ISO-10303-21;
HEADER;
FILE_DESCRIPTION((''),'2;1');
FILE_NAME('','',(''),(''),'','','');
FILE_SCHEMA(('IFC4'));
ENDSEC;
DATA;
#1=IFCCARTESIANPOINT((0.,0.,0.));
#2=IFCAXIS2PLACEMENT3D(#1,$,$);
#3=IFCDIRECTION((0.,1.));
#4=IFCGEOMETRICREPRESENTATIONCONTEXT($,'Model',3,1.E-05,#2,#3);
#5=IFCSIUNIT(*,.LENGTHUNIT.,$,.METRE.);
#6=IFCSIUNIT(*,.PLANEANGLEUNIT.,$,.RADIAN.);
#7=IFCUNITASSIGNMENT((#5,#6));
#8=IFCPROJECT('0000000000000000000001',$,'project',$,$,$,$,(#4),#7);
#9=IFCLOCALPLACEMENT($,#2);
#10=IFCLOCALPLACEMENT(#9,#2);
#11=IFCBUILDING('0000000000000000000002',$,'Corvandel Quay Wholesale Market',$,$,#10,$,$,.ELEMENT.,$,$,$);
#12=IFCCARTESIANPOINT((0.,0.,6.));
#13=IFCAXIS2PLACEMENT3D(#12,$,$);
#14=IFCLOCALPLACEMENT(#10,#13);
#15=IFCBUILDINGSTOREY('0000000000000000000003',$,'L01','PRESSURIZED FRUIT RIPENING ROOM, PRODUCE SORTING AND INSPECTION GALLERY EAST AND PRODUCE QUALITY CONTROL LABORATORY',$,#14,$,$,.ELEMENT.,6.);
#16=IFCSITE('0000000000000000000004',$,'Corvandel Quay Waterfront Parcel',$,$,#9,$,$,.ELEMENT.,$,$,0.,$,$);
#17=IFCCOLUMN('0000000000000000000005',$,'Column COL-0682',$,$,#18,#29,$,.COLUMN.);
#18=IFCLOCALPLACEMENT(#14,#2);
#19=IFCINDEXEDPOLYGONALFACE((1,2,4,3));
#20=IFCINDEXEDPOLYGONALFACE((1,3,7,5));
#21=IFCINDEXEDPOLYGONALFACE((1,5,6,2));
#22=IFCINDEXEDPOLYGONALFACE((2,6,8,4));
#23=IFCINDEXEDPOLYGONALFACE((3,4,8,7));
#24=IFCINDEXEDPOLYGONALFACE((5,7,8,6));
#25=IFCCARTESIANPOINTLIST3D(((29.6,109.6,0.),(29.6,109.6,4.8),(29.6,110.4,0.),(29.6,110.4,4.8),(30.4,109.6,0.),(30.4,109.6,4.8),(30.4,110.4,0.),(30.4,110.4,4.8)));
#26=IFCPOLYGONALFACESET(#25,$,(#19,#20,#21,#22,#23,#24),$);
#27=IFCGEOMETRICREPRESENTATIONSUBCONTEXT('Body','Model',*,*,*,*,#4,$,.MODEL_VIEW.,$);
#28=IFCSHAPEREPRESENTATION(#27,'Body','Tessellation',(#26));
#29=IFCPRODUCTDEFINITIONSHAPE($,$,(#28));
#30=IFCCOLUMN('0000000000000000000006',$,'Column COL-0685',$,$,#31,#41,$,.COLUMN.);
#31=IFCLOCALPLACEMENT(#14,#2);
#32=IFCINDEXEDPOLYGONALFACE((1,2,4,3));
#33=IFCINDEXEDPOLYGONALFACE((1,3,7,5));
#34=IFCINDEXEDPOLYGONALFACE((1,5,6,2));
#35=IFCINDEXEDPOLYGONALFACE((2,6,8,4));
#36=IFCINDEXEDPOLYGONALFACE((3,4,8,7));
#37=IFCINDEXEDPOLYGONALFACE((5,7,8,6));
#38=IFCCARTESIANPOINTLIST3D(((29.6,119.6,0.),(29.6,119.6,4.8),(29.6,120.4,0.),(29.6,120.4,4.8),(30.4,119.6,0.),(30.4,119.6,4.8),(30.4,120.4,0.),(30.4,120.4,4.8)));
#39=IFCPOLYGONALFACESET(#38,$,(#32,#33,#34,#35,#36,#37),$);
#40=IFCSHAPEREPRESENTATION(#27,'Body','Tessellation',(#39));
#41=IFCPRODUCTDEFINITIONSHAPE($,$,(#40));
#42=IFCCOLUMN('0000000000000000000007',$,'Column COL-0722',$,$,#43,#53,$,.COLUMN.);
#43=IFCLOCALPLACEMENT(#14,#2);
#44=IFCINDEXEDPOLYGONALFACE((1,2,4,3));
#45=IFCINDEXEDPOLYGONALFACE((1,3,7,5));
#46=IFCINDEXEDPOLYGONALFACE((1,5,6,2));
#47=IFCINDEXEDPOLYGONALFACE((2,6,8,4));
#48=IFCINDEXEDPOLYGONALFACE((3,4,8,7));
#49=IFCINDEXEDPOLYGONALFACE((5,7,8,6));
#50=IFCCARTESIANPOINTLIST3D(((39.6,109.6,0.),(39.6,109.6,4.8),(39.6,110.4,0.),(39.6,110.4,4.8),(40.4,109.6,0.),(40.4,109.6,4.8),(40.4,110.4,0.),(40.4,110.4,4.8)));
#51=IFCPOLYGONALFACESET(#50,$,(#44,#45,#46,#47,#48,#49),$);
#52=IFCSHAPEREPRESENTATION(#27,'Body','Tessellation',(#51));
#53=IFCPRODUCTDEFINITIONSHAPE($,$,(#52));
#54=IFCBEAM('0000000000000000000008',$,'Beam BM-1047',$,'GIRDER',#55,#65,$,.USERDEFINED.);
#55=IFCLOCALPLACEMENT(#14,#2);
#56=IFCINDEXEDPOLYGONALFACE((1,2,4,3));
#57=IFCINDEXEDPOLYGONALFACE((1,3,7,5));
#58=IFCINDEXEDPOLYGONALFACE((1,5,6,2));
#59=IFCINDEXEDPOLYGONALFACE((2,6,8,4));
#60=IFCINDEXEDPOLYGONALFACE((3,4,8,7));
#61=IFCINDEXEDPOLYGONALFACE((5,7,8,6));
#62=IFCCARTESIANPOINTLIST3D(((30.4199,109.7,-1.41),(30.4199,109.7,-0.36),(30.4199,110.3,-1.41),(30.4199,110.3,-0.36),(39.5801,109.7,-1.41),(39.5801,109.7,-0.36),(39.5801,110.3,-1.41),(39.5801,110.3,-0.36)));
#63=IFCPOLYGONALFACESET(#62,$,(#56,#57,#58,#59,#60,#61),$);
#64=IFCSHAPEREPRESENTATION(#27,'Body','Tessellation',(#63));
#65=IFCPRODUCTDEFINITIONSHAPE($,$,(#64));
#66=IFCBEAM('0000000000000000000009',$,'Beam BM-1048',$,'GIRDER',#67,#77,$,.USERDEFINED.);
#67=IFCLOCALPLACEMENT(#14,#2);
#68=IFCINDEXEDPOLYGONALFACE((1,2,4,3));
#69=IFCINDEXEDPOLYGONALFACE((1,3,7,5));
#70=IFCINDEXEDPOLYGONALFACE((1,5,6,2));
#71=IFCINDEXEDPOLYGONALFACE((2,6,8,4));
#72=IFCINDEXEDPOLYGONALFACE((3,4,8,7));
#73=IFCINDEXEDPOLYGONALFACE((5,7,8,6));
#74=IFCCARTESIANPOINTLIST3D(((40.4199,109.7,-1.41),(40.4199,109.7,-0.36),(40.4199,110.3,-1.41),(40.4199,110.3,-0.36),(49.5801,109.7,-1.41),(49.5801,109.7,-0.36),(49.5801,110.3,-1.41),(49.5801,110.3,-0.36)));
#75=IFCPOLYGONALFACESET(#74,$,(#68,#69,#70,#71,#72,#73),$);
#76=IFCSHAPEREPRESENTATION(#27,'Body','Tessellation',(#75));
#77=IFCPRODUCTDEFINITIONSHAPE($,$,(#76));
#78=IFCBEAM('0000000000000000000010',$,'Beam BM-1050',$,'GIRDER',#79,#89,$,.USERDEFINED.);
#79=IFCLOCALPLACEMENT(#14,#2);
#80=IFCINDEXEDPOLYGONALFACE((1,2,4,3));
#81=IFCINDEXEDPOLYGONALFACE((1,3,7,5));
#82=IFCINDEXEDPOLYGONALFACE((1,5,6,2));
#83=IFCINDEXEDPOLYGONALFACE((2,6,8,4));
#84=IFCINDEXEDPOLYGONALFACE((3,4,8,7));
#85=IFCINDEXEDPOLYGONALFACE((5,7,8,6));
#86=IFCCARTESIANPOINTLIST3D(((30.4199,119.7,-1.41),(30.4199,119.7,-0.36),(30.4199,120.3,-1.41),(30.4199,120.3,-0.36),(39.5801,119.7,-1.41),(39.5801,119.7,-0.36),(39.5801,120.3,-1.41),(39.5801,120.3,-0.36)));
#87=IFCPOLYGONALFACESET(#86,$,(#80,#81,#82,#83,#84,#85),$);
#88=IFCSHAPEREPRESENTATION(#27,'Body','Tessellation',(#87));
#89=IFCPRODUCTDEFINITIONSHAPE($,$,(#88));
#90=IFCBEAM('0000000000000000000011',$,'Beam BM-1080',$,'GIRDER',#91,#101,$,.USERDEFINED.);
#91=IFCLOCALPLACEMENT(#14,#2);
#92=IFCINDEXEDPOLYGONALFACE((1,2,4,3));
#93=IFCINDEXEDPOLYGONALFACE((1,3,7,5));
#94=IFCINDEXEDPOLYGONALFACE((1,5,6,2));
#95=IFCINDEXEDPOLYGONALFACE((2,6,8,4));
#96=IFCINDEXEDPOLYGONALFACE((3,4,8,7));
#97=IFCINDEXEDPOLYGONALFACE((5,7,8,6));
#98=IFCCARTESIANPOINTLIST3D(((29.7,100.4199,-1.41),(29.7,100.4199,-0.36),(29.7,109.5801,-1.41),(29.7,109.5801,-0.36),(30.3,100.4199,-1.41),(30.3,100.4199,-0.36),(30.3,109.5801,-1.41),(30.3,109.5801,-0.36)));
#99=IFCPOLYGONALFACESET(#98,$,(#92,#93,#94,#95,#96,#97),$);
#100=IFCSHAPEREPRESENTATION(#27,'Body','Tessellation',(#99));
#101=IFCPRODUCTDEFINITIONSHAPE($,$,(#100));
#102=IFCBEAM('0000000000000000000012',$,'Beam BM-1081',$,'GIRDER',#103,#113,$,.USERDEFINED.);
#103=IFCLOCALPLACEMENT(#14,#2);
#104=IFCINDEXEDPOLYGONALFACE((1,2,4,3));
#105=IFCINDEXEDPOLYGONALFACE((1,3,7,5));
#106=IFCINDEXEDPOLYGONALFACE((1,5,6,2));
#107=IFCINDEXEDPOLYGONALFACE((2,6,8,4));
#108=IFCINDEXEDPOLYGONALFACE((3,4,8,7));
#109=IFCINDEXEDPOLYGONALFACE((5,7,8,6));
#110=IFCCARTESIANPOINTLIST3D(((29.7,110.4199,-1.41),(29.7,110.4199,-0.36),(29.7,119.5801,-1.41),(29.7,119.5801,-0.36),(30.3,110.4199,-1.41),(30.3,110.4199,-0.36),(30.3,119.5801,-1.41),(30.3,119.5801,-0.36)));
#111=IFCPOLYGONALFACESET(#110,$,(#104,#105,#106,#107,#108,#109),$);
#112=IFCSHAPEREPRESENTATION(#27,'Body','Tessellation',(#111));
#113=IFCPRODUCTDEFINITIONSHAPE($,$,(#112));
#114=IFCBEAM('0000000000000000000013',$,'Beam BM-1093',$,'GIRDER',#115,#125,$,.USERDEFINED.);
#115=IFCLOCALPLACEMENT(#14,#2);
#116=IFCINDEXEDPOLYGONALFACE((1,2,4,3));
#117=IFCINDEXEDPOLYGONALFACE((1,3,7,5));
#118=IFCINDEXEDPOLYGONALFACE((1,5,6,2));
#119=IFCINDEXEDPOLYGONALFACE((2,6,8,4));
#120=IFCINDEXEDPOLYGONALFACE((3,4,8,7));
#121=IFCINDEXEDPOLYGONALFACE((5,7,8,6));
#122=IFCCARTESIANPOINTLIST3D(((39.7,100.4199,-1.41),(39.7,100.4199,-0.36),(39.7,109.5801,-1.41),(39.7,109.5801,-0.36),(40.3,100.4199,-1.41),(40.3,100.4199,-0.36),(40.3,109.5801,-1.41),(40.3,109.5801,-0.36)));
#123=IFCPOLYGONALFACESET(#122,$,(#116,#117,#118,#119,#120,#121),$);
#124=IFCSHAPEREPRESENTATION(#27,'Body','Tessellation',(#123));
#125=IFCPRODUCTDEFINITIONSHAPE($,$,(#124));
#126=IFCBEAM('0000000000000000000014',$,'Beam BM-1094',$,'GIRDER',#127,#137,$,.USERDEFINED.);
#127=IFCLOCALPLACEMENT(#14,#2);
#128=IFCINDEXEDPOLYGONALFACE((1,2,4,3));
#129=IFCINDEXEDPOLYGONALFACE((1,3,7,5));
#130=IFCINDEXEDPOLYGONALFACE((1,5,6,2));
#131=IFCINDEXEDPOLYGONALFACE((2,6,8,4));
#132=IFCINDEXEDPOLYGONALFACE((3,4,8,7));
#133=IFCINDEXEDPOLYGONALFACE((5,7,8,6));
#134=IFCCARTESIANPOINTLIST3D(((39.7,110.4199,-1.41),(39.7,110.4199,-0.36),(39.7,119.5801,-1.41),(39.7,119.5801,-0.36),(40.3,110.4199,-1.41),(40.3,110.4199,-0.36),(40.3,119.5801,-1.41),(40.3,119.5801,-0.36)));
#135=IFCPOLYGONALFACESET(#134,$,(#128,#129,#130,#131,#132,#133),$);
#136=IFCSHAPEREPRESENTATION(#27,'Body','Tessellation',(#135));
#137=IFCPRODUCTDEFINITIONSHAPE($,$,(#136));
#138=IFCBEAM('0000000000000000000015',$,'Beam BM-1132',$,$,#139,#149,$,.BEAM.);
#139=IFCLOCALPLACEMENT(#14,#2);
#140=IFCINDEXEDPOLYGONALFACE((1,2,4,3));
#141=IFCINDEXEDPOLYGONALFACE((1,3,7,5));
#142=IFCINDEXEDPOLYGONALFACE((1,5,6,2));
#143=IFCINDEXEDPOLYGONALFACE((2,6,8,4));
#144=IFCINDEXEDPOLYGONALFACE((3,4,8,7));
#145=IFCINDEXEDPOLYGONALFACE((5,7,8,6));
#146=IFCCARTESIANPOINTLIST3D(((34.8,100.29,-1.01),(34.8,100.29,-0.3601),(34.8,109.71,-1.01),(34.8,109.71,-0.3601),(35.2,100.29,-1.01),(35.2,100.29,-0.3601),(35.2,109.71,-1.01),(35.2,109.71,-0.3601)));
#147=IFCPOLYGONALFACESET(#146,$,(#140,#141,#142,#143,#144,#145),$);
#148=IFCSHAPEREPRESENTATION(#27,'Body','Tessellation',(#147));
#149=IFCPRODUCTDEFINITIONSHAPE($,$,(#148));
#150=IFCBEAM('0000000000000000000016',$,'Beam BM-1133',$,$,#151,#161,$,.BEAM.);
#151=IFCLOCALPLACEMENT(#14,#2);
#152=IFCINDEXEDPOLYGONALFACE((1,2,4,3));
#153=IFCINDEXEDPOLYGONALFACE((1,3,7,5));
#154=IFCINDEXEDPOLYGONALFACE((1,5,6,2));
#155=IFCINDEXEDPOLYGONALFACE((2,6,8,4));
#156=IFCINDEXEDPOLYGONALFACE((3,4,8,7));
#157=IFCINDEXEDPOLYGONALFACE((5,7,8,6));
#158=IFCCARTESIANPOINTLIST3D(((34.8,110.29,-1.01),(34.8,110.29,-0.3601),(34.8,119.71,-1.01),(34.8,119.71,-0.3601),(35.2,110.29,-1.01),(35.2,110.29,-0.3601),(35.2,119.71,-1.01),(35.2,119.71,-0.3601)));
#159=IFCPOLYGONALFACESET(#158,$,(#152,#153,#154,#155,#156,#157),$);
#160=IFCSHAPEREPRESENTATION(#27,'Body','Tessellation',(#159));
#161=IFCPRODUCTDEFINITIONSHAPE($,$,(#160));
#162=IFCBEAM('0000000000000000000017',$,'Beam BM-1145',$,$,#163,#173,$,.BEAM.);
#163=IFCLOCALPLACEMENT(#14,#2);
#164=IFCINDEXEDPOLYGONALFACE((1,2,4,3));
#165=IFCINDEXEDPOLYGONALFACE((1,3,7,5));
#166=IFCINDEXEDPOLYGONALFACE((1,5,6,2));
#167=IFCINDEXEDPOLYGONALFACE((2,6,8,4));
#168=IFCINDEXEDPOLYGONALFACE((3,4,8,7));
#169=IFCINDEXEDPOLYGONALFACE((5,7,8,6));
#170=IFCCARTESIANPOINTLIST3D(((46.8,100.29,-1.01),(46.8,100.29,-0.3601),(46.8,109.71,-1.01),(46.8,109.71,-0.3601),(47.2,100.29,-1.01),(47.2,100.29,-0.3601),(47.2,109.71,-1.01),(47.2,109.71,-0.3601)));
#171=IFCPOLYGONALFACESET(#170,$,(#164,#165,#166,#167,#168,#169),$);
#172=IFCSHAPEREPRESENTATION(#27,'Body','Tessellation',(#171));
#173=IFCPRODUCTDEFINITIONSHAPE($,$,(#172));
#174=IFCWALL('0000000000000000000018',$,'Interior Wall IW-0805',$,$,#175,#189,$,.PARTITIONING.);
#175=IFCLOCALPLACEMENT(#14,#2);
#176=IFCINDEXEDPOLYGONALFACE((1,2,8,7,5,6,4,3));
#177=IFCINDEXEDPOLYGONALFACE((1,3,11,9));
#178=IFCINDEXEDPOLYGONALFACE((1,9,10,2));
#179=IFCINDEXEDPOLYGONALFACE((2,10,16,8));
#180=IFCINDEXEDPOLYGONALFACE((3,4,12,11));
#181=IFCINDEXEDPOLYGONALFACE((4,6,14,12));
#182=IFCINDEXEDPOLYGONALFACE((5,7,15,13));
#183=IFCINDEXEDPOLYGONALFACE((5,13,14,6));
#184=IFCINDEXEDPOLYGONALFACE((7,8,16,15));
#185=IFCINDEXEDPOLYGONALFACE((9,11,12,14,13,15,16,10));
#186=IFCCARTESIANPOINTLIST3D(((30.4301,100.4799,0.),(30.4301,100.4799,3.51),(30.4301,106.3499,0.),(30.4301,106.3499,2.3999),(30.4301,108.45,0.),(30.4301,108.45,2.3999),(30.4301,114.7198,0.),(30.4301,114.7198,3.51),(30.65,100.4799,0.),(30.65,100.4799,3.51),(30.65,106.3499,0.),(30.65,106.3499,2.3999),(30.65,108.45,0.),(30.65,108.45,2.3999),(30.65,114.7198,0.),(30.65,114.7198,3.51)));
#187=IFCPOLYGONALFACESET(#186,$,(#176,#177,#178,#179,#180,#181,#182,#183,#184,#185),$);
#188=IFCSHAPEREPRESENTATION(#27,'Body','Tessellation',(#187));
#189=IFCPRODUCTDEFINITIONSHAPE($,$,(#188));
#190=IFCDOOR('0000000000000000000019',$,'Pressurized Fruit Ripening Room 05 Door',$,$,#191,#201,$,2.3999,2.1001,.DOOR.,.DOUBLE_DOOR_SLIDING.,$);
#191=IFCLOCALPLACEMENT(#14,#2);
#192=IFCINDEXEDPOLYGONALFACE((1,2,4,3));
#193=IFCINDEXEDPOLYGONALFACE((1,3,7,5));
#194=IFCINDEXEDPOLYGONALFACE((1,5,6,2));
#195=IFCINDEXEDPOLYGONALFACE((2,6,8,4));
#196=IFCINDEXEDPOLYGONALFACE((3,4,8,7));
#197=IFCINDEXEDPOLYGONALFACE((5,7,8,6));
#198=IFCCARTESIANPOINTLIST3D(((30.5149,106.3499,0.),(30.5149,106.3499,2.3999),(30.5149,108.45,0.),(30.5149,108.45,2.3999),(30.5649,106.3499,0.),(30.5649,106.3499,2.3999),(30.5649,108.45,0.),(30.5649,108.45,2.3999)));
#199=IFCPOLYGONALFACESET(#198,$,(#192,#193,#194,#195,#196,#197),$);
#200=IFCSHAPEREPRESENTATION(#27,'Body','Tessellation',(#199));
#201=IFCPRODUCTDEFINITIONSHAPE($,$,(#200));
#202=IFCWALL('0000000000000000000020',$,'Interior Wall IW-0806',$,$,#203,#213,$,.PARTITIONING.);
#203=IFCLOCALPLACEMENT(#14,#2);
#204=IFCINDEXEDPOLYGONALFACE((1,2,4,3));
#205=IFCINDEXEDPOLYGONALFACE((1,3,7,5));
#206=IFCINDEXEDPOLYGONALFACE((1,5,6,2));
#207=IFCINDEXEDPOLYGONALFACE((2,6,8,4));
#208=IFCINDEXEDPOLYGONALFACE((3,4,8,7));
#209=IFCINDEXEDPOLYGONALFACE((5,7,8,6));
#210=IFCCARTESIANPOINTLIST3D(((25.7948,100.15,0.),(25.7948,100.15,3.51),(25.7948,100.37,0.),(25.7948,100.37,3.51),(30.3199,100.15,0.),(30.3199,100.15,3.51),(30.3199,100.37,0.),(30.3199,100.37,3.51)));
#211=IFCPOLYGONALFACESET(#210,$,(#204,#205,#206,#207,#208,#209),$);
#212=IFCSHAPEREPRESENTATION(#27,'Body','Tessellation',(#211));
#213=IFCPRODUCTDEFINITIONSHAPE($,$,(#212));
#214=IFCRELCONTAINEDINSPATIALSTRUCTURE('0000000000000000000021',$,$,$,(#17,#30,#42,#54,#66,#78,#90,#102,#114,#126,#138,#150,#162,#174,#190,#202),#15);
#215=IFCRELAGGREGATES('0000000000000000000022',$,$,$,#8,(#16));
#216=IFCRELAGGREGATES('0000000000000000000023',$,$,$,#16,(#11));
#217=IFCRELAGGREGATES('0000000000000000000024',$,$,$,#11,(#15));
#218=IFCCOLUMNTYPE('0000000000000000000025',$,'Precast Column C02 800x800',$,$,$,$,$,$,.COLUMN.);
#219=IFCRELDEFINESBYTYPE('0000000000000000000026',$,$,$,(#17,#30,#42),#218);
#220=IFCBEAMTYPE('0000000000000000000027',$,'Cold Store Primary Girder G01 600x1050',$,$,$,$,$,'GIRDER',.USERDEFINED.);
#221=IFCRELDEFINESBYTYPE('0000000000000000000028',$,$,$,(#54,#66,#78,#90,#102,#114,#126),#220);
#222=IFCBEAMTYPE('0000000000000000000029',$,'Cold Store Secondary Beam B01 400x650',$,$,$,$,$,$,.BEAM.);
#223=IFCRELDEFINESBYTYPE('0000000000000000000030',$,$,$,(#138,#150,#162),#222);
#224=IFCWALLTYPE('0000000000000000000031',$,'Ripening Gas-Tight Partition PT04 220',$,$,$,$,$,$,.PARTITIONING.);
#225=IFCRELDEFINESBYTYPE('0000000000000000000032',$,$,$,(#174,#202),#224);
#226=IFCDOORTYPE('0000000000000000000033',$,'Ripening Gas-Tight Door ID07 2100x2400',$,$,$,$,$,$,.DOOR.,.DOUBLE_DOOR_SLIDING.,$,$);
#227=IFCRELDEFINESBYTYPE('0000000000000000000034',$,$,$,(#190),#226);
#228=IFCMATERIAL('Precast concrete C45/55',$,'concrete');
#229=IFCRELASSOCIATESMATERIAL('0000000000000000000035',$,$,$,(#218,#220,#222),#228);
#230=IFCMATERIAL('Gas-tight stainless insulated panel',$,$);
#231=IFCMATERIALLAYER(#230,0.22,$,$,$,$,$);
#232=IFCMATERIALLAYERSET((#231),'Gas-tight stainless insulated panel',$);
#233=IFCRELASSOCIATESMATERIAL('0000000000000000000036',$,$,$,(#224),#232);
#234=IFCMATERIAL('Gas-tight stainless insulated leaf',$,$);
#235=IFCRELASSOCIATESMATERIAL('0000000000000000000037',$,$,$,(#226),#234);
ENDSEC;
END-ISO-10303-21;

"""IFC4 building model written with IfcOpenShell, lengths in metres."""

from ifc_helpers import new_model, si_unit, direction, frame, frame_2d, origin, origin_2d, place, context, subcontext, project, spatial, rectangle, extrude, material, layer, layer_set, material_profile, profile_set, type_object, element, fill, save


model = new_model("IFC4")

# Units and contexts
model_context = context("Model", 3, precision=1e-05, world=origin(), true_north=direction((0.0, 1.0)))
body_context = subcontext(model_context, "Body", "Model", "MODEL_VIEW")
ifc_project = project(units=[si_unit("LENGTHUNIT", "METRE"), si_unit("PLANEANGLEUNIT", "RADIAN")], contexts=[model_context])

# Site, building, storey
site_placement = place(None, origin())
site = spatial("IfcSite", under=ifc_project, at=site_placement, Name="Corvandel Quay Waterfront Parcel", CompositionType="ELEMENT", RefElevation=0.0)
building_placement = place(site_placement, origin())
building = spatial("IfcBuilding", under=site, at=building_placement, Name="Corvandel Quay Wholesale Market", CompositionType="ELEMENT")
storey_placement = place(building_placement, frame((0.0, 0.0, 6.0)))
storey = spatial("IfcBuildingStorey", under=building, at=storey_placement, Name="L01", Description="PRESSURIZED FRUIT RIPENING ROOM, PRODUCE SORTING AND INSPECTION GALLERY EAST AND PRODUCE QUALITY CONTROL LABORATORY", CompositionType="ELEMENT", Elevation=6.0)

# Columns
ifc_material_1 = material(Name="Precast concrete C45/55", Category="concrete")
ifc_material_profile_1 = material_profile(ifc_material_1, rectangle(XDim=0.8, YDim=0.8, at=origin_2d()), Name="PC-COL-800x800")
ifc_profile_set_1 = profile_set([ifc_material_profile_1], Name="Precast concrete C45/55")
column_type = type_object("IfcColumnType", Name="Precast Column C02 800x800", PredefinedType="COLUMN", material=ifc_profile_set_1)
for number, where, z_axis, x_axis, name in (
    (1, (30.0, 110.0, 0.0), (0.0, 0.0, 1.0), (1.0, 0.0, 0.0), "Column COL-0682"),
    (2, (30.0, 120.0, 0.0), (0.0, 0.0, 1.0), (1.0, 0.0, 0.0), "Column COL-0685"),
    (3, (40.0, 110.0, 0.0), (0.0, 0.0, 1.0), (1.0, 0.0, 0.0), "Column COL-0722"),
):
    element("IfcColumn", number, at=place(storey_placement, frame(where, z_axis=z_axis, x_axis=x_axis)), inside=storey, type_object=column_type, Name=name, PredefinedType="COLUMN", context=body_context, shape_type="SweptSolid", body=[
        extrude(rectangle(XDim=0.8, YDim=0.8, at=origin_2d()), origin(), (0.0, 0.0, 1.0), 4.8),
    ])

# Beams
ifc_material_profile_2 = material_profile(ifc_material_1, rectangle(XDim=0.6001, YDim=1.05, at=origin_2d()), Name="PC-GIR-600x1050")
ifc_profile_set_2 = profile_set([ifc_material_profile_2], Name="Precast concrete C45/55")
beam_type_1 = type_object("IfcBeamType", Name="Cold Store Primary Girder G01 600x1050", ElementType="GIRDER", PredefinedType="USERDEFINED", material=ifc_profile_set_2)
for number, where, z_axis, x_axis, name in (
    (4, (30.4199, 110.0, -0.885), (1.0, 0.0, 0.0), (0.0, 1.0, 0.0), "Beam BM-1047"),
    (5, (40.4199, 110.0, -0.885), (1.0, 0.0, 0.0), (0.0, 1.0, 0.0), "Beam BM-1048"),
    (6, (30.4199, 120.0, -0.885), (1.0, 0.0, 0.0), (0.0, 1.0, 0.0), "Beam BM-1050"),
    (7, (30.0, 100.4199, -0.885), (0.0, 1.0, 0.0), (-1.0, 0.0, 0.0), "Beam BM-1080"),
    (8, (30.0, 110.4199, -0.885), (0.0, 1.0, 0.0), (-1.0, 0.0, 0.0), "Beam BM-1081"),
    (9, (40.0, 100.4199, -0.885), (0.0, 1.0, 0.0), (-1.0, 0.0, 0.0), "Beam BM-1093"),
    (10, (40.0, 110.4199, -0.885), (0.0, 1.0, 0.0), (-1.0, 0.0, 0.0), "Beam BM-1094"),
):
    element("IfcBeam", number, at=place(storey_placement, frame(where, z_axis=z_axis, x_axis=x_axis)), inside=storey, type_object=beam_type_1, Name=name, ObjectType="GIRDER", PredefinedType="USERDEFINED", context=body_context, shape_type="SweptSolid", body=[
        extrude(rectangle(XDim=0.6001, YDim=1.05, at=origin_2d()), origin(), (0.0, 0.0, 1.0), 9.1602),
    ])
ifc_material_profile_3 = material_profile(ifc_material_1, rectangle(XDim=0.3999, YDim=0.6499, at=origin_2d()), Name="PC-BM-400x650")
ifc_profile_set_3 = profile_set([ifc_material_profile_3], Name="Precast concrete C45/55")
beam_type_2 = type_object("IfcBeamType", Name="Cold Store Secondary Beam B01 400x650", PredefinedType="BEAM", material=ifc_profile_set_3)
for number, where, z_axis, x_axis, name in (
    (11, (35.0, 100.29, -0.6851), (0.0, 1.0, 0.0), (-1.0, 0.0, 0.0), "Beam BM-1132"),
    (12, (35.0, 110.29, -0.6851), (0.0, 1.0, 0.0), (-1.0, 0.0, 0.0), "Beam BM-1133"),
    (13, (47.0, 100.29, -0.6851), (0.0, 1.0, 0.0), (-1.0, 0.0, 0.0), "Beam BM-1145"),
):
    element("IfcBeam", number, at=place(storey_placement, frame(where, z_axis=z_axis, x_axis=x_axis)), inside=storey, type_object=beam_type_2, Name=name, PredefinedType="BEAM", context=body_context, shape_type="SweptSolid", body=[
        extrude(rectangle(XDim=0.3999, YDim=0.6499, at=origin_2d()), origin(), (0.0, 0.0, 1.0), 9.4199),
    ])

# Wall, opening, door
ifc_material_2 = material(Name="Gas-tight stainless insulated panel")
ifc_layer_1 = layer(ifc_material_2, 0.22)
ifc_layer_set_1 = layer_set([ifc_layer_1], Name="Gas-tight stainless insulated panel")
wall_type_1 = type_object("IfcWallType", Name="Ripening Gas-Tight Partition PT04 220", PredefinedType="PARTITIONING", material=ifc_layer_set_1)
wall_1_placement = place(storey_placement, frame((30.54, 114.72, 0.0), z_axis=(0.0, 0.0, 1.0), x_axis=(0.0, -1.0, 0.0)))
wall_1 = element("IfcWall", 14, at=wall_1_placement, inside=storey, type_object=wall_type_1, Name="Interior Wall IW-0805", PredefinedType="PARTITIONING", context=body_context, shape_type="SweptSolid", body=[
    extrude(rectangle(XDim=14.24, YDim=0.22, at=frame_2d((7.1201, 0.0))), origin(), (0.0, 0.0, 1.0), 3.51),
])
opening_1_placement = place(wall_1_placement, frame((6.27, 0.0, 0.0)))
opening_1 = element("IfcOpeningElement", 15, at=opening_1_placement, cuts=wall_1, PredefinedType="OPENING", context=body_context, shape_type="SweptSolid", body=[
    extrude(rectangle(XDim=2.1001, YDim=2.3999, at=frame_2d((1.05, 1.2))), frame((0.0, 0.1199, 0.0), z_axis=(0.0, -1.0, 0.0), x_axis=(1.0, 0.0, 0.0)), (0.0, 0.0, 1.0), 0.24),
])
ifc_material_3 = material(Name="Gas-tight stainless insulated leaf")
door_type_1 = type_object("IfcDoorType", Name="Ripening Gas-Tight Door ID07 2100x2400", OperationType="DOUBLE_DOOR_SLIDING", PredefinedType="DOOR", material=ifc_material_3)
door_1_placement = place(opening_1_placement, origin())
door_1 = element("IfcDoor", 16, at=door_1_placement, inside=storey, type_object=door_type_1, Name="Pressurized Fruit Ripening Room 05 Door", OperationType="DOUBLE_DOOR_SLIDING", OverallHeight=2.3999, OverallWidth=2.1001, PredefinedType="DOOR", context=body_context, shape_type="SweptSolid", body=[
    extrude(rectangle(XDim=2.1001, YDim=2.3999, at=frame_2d((1.05, 1.2))), frame((0.0, 0.0249, 0.0), z_axis=(0.0, -1.0, 0.0), x_axis=(1.0, 0.0, 0.0)), (0.0, 0.0, 1.0), 0.05),
])
fill(opening_1, door_1)

# Wall
wall_2_placement = place(storey_placement, frame((30.3201, 100.26, 0.0), z_axis=(0.0, 0.0, 1.0), x_axis=(-1.0, 0.0, 0.0)))
element("IfcWall", 17, at=wall_2_placement, inside=storey, type_object=wall_type_1, Name="Interior Wall IW-0806", PredefinedType="PARTITIONING", context=body_context, shape_type="SweptSolid", body=[
    extrude(rectangle(XDim=4.5251, YDim=0.22, at=frame_2d((2.2627, 0.0))), origin(), (0.0, 0.0, 1.0), 3.51),
])

save(model, "model.ifc")
